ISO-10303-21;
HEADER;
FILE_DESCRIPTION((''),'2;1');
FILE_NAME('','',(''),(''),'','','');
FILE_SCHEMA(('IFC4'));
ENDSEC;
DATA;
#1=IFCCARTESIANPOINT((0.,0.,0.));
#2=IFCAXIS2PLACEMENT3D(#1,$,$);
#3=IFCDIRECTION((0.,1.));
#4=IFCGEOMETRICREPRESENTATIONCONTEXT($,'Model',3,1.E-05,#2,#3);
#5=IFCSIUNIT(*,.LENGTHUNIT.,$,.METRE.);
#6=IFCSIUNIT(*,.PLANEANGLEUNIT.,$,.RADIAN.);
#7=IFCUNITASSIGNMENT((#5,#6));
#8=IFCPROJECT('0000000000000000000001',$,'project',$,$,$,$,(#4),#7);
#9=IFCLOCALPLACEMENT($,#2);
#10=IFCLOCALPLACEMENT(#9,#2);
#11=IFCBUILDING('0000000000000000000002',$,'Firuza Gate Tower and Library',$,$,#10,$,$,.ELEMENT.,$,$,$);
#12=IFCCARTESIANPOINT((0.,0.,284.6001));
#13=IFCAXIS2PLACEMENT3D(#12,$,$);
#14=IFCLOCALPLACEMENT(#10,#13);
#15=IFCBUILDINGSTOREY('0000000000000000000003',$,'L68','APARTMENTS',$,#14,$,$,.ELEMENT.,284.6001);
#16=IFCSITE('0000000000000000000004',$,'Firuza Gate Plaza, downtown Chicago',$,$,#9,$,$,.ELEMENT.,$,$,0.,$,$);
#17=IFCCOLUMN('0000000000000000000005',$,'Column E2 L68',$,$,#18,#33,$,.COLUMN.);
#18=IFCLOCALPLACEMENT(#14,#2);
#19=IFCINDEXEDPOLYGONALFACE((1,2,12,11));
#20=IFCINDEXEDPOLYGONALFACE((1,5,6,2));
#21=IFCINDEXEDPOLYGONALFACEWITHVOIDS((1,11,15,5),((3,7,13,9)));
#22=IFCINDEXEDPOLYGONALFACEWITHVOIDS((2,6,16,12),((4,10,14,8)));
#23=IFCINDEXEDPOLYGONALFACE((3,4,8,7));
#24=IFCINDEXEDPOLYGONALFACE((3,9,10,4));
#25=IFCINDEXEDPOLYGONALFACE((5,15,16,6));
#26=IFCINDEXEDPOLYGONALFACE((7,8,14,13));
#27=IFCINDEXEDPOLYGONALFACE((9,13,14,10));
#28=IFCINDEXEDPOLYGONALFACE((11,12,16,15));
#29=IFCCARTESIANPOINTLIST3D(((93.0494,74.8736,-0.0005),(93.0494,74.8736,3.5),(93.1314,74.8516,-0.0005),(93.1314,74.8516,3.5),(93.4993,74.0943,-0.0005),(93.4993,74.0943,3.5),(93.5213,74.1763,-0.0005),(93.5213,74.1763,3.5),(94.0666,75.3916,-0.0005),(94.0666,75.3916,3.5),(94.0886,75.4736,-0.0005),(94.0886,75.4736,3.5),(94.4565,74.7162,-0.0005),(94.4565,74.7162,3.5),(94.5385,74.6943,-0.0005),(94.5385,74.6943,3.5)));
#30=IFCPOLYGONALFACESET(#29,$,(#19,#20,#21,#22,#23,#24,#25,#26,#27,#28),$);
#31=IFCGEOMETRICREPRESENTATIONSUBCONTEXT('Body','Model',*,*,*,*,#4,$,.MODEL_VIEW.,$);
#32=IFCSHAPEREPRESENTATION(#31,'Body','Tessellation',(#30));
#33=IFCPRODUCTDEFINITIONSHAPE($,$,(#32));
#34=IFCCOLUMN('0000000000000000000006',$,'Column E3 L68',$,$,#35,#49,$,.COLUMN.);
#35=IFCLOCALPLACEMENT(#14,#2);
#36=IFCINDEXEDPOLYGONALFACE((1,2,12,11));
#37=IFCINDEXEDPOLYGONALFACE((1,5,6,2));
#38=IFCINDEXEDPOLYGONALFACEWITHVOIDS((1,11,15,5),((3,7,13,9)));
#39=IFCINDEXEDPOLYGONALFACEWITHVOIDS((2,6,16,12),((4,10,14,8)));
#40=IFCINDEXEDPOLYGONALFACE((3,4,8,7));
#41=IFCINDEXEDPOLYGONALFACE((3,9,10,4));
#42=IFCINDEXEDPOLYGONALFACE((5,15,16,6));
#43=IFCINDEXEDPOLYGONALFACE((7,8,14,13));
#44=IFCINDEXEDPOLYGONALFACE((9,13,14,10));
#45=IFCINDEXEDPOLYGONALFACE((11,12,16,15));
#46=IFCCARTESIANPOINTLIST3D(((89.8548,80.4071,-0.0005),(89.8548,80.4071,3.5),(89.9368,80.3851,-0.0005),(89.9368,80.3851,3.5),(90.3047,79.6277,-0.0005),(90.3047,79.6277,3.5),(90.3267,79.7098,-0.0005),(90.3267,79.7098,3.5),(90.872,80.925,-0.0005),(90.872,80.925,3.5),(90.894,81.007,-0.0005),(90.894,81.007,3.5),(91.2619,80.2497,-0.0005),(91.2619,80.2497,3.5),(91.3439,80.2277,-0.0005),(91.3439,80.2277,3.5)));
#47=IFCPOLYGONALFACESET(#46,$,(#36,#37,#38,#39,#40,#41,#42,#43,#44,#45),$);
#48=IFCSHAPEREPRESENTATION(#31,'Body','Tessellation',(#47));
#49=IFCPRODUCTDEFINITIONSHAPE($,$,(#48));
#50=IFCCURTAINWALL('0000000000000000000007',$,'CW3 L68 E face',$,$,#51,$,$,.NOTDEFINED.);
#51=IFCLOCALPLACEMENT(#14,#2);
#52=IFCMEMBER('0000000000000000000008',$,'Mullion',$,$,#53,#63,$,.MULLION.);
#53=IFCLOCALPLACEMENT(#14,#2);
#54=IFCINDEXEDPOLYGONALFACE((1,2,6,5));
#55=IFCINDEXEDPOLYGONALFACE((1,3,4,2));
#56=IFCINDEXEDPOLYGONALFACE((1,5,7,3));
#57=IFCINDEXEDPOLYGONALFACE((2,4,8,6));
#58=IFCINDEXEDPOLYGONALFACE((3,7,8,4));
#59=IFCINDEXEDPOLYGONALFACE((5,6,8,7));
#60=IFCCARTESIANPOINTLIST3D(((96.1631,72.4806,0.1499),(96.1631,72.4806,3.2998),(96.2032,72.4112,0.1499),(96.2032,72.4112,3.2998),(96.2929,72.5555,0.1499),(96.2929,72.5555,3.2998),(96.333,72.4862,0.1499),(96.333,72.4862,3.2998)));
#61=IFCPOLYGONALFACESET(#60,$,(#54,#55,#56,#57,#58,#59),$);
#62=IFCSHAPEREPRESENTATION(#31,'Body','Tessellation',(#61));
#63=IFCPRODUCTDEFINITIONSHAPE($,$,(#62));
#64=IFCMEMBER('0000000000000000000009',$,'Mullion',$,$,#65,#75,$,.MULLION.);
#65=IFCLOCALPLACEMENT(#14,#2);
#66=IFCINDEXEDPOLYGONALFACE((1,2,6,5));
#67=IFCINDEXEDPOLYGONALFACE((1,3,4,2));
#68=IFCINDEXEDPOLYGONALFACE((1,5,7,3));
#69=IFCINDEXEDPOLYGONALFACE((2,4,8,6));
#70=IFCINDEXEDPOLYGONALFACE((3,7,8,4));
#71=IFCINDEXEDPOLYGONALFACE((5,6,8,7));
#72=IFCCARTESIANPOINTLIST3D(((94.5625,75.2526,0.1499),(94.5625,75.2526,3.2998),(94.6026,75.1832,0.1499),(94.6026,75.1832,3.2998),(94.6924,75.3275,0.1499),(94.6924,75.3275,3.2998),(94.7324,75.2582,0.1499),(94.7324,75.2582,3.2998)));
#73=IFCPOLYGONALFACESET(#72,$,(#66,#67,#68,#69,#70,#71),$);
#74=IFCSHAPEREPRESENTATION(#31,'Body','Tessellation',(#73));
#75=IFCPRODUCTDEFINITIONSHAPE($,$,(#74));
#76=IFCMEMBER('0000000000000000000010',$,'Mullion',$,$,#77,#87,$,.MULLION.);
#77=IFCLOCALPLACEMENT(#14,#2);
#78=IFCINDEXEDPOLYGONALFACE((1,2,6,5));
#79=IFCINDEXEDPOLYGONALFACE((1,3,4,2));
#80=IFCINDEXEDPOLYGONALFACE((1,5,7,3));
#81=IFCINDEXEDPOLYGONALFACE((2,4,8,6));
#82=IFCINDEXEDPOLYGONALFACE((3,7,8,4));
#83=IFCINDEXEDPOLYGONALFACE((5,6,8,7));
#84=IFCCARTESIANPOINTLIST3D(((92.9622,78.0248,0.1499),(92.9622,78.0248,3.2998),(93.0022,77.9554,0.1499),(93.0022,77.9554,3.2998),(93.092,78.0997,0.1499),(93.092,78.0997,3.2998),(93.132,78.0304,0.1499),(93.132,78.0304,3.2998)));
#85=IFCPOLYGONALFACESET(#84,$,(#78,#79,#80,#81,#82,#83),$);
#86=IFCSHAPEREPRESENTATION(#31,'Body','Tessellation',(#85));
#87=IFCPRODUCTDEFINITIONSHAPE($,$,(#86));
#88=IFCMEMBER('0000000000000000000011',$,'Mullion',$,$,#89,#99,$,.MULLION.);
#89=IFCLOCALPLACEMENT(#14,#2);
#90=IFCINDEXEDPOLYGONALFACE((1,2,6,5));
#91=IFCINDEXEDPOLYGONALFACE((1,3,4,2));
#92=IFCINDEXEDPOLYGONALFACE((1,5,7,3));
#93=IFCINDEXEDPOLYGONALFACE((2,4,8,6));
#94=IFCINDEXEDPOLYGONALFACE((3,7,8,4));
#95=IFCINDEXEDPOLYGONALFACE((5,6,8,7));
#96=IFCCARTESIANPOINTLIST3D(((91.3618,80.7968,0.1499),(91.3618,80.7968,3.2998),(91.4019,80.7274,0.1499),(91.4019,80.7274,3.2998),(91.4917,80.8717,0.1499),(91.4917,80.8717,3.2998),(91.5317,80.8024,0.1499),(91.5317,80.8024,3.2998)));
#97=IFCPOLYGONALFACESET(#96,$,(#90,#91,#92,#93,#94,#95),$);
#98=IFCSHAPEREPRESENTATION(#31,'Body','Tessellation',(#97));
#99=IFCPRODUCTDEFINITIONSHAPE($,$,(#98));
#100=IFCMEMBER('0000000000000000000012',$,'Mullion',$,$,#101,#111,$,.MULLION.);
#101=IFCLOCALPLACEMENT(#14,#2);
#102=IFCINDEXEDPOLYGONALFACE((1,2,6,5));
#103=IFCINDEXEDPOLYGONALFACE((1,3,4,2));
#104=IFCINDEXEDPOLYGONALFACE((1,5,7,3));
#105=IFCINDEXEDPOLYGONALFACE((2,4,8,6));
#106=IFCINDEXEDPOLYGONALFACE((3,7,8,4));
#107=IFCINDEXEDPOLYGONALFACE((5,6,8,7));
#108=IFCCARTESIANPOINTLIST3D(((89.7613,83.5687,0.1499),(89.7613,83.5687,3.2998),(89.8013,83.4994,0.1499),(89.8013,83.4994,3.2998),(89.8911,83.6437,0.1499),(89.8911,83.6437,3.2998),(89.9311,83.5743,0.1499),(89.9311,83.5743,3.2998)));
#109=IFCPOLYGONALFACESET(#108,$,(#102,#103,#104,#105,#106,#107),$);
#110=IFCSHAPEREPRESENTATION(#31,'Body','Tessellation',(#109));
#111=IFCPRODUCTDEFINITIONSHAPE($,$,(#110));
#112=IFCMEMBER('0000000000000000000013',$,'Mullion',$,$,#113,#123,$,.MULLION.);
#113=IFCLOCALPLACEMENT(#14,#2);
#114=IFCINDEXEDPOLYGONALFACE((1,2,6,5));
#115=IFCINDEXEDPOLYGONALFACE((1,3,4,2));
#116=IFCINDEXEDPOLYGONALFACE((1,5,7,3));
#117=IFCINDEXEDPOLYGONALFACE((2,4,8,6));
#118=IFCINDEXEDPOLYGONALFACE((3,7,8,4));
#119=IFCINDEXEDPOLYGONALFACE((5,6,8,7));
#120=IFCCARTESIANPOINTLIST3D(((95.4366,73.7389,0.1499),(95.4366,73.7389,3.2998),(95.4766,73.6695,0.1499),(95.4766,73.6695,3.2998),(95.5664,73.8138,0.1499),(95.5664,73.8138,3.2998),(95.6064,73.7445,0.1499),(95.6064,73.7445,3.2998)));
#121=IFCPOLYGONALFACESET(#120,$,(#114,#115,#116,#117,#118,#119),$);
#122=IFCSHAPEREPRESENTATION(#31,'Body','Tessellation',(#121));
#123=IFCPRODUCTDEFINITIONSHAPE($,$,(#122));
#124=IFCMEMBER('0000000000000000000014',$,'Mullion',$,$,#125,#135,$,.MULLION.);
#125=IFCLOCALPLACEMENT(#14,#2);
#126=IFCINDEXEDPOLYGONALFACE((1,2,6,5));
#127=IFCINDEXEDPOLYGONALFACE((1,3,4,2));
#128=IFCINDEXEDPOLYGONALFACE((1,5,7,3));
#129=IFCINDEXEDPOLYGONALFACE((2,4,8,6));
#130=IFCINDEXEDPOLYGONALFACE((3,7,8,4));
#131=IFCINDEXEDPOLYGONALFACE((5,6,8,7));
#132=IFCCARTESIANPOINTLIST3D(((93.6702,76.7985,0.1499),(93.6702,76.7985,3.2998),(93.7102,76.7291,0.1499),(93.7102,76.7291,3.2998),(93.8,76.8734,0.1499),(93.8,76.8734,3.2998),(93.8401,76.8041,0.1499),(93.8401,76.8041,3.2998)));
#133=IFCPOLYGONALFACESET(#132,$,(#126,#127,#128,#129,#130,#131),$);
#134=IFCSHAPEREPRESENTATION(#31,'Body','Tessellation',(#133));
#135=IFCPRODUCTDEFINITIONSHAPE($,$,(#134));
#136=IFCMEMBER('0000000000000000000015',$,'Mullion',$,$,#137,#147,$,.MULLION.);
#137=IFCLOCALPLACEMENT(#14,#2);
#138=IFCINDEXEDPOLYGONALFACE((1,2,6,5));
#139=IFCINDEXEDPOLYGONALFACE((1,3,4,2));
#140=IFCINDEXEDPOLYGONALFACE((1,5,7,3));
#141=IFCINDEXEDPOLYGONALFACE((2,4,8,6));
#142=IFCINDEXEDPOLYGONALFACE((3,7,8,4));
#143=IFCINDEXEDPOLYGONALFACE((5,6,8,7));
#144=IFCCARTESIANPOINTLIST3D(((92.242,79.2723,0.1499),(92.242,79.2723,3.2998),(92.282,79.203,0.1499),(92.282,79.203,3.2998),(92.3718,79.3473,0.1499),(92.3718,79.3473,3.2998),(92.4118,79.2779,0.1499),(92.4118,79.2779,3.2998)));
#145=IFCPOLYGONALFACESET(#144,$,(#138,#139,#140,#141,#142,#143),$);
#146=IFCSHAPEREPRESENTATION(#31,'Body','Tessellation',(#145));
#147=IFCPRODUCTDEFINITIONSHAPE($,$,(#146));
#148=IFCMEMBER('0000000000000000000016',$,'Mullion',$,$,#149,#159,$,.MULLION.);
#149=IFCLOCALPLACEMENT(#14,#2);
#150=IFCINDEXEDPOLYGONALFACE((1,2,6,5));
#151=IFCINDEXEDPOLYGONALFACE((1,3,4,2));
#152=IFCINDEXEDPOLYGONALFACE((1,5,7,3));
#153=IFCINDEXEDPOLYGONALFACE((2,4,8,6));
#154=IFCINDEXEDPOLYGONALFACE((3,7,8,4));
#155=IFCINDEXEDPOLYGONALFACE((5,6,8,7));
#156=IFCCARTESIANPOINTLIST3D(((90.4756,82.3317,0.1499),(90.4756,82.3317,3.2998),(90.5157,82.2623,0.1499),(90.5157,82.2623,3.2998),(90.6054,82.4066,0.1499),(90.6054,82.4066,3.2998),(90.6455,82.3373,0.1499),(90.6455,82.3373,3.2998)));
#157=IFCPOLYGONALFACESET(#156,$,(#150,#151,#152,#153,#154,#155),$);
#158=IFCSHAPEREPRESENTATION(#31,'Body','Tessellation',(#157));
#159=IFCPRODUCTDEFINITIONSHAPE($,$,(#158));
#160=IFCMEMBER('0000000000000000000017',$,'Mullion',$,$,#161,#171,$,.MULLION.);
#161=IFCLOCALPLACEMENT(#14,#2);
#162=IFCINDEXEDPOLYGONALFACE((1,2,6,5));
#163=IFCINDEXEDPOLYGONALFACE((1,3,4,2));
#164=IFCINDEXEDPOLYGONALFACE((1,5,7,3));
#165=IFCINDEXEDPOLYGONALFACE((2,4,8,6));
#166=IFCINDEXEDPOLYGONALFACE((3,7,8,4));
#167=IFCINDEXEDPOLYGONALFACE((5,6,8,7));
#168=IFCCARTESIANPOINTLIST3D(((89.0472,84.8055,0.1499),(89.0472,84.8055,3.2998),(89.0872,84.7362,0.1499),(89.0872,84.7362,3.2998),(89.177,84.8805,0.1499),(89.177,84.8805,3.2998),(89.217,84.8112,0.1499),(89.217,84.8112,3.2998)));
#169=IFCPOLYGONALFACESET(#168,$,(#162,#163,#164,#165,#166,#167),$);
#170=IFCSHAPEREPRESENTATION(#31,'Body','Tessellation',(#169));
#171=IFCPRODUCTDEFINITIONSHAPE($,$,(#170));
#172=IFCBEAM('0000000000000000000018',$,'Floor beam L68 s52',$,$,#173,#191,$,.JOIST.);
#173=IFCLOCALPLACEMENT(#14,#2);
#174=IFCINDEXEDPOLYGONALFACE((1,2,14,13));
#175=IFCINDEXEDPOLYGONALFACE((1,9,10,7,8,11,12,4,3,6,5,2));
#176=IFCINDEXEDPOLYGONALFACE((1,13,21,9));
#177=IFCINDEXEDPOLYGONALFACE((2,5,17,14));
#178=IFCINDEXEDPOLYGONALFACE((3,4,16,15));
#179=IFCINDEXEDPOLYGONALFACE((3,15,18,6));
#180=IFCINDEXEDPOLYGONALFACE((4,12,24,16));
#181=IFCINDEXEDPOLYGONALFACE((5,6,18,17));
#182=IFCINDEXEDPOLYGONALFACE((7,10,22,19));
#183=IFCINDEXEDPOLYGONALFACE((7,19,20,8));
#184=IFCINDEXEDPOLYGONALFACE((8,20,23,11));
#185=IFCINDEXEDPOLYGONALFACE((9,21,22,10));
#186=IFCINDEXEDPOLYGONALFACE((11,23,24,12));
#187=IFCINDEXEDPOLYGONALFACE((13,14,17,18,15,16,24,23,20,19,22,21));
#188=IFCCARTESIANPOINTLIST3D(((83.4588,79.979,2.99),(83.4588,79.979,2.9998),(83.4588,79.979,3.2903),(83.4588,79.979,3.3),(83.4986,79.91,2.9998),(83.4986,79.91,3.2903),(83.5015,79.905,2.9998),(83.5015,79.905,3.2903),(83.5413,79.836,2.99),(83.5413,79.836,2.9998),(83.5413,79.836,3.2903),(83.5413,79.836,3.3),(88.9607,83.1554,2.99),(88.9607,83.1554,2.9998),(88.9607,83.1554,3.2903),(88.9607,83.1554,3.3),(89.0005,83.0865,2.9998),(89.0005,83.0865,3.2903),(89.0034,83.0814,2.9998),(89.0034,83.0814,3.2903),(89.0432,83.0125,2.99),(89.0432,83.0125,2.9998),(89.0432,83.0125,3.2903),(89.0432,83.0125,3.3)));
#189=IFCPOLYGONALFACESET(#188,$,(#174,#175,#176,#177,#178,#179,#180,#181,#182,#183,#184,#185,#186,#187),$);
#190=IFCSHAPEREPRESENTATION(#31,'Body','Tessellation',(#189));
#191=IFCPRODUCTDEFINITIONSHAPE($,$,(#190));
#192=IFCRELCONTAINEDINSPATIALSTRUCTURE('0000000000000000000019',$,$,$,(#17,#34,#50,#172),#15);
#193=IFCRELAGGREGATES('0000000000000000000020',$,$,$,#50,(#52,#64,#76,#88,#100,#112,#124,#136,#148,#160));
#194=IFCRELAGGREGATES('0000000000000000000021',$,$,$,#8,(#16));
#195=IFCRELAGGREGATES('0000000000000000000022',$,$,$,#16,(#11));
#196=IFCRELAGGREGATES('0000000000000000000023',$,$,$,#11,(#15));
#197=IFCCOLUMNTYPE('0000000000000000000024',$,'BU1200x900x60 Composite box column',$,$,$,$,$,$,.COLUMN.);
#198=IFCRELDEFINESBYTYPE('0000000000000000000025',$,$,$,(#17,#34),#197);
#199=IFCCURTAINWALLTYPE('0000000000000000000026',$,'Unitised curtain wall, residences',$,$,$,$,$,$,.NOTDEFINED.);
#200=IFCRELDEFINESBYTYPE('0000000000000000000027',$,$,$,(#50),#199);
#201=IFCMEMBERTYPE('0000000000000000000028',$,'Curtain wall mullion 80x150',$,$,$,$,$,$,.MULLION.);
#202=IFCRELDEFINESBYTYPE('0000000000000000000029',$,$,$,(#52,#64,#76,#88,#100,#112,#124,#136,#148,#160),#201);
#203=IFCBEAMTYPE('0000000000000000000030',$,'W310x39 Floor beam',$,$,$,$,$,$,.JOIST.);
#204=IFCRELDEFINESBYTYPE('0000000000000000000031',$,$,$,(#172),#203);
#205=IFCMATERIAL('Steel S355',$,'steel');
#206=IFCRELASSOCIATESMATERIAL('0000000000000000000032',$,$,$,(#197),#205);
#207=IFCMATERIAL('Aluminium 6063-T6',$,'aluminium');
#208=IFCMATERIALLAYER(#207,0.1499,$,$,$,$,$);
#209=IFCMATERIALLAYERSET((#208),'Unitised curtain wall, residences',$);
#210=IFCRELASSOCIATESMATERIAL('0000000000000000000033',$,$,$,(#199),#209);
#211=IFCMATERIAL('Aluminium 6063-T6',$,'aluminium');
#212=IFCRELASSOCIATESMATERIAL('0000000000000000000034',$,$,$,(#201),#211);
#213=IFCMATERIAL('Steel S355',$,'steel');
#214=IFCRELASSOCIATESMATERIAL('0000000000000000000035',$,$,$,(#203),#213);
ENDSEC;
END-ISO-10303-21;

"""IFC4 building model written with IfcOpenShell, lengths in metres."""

from ifc_helpers import new_model, si_unit, direction, frame, origin, origin_2d, place, context, subcontext, project, spatial, rectangle, hollow_rectangle, i_section, extrude, material, layer, layer_set, material_profile, profile_set, type_object, element, aggregate, save


model = new_model("IFC4")

# Units and contexts
model_context = context("Model", 3, precision=1e-05, world=origin(), true_north=direction((0.0, 1.0)))
body_context = subcontext(model_context, "Body", "Model", "MODEL_VIEW")
ifc_project = project(units=[si_unit("LENGTHUNIT", "METRE"), si_unit("PLANEANGLEUNIT", "RADIAN")], contexts=[model_context])

# Site, building, storey
site_placement = place(None, origin())
site = spatial("IfcSite", under=ifc_project, at=site_placement, Name="Firuza Gate Plaza, downtown Chicago", CompositionType="ELEMENT", RefElevation=0.0)
building_placement = place(site_placement, origin())
building = spatial("IfcBuilding", under=site, at=building_placement, Name="Firuza Gate Tower and Library", CompositionType="ELEMENT")
storey_placement = place(building_placement, frame((0.0, 0.0, 284.6001)))
storey = spatial("IfcBuildingStorey", under=building, at=storey_placement, Name="L68", Description="APARTMENTS", CompositionType="ELEMENT", Elevation=284.6001)

# Columns
ifc_material_1 = material(Name="Steel S355", Category="steel")
ifc_material_profile_1 = material_profile(ifc_material_1, hollow_rectangle(XDim=0.8999, YDim=1.2, WallThickness=0.0601, at=origin_2d()))
ifc_profile_set_1 = profile_set([ifc_material_profile_1], Name="Steel S355")
column_type = type_object("IfcColumnType", Name="BU1200x900x60 Composite box column", PredefinedType="COLUMN", material=ifc_profile_set_1)
for number, where, z_axis, x_axis, name in (
    (1, (93.7939, 74.7839, -0.0005), (0.0, 0.0, 1.0), (-0.5, 0.866025, 0.0), "Column E2 L68"),
    (2, (90.5994, 80.3174, -0.0005), (0.0, 0.0, 1.0), (-0.5, 0.866025, 0.0), "Column E3 L68"),
):
    element("IfcColumn", number, at=place(storey_placement, frame(where, z_axis=z_axis, x_axis=x_axis)), inside=storey, type_object=column_type, Name=name, PredefinedType="COLUMN", context=body_context, shape_type="SweptSolid", body=[
        extrude(hollow_rectangle(XDim=0.8999, YDim=1.2, WallThickness=0.0601, at=origin_2d()), origin(), (0.0, 0.0, 1.0), 3.5005),
    ])

# Curtain wall, members
ifc_material_2 = material(Name="Aluminium 6063-T6", Category="aluminium")
ifc_layer_1 = layer(ifc_material_2, 0.1499)
ifc_layer_set_1 = layer_set([ifc_layer_1], Name="Unitised curtain wall, residences")
curtain_wall_type = type_object("IfcCurtainWallType", Name="Unitised curtain wall, residences", PredefinedType="NOTDEFINED", material=ifc_layer_set_1)
curtain_wall_placement = place(storey_placement, origin())
curtain_wall = element("IfcCurtainWall", 3, at=curtain_wall_placement, inside=storey, type_object=curtain_wall_type, Name="CW3 L68 E face", PredefinedType="NOTDEFINED")
ifc_material_3 = material(Name="Aluminium 6063-T6", Category="aluminium")
ifc_material_profile_2 = material_profile(ifc_material_3, rectangle(XDim=0.1499, YDim=0.0801, at=origin_2d()))
ifc_profile_set_2 = profile_set([ifc_material_profile_2], Name="Aluminium 6063-T6")
member_type = type_object("IfcMemberType", Name="Curtain wall mullion 80x150", PredefinedType="MULLION", material=ifc_profile_set_2)
member_1_placement = place(storey_placement, frame((96.248, 72.4834, 0.1499), z_axis=(0.0, 0.0, 1.0), x_axis=(-0.866025, -0.5, 0.0)))
member_1 = element("IfcMember", 4, at=member_1_placement, type_object=member_type, Name="Mullion", PredefinedType="MULLION", context=body_context, shape_type="SweptSolid", body=[
    extrude(rectangle(XDim=0.1499, YDim=0.0801, at=origin_2d()), origin(), (0.0, 0.0, 1.0), 3.1499),
])
member_2_placement = place(storey_placement, frame((94.6475, 75.2554, 0.1499), z_axis=(0.0, 0.0, 1.0), x_axis=(-0.866025, -0.5, 0.0)))
member_2 = element("IfcMember", 5, at=member_2_placement, type_object=member_type, Name="Mullion", PredefinedType="MULLION", context=body_context, shape_type="SweptSolid", body=[
    extrude(rectangle(XDim=0.1499, YDim=0.0801, at=origin_2d()), origin(), (0.0, 0.0, 1.0), 3.1499),
])
member_3_placement = place(storey_placement, frame((93.0471, 78.0276, 0.1499), z_axis=(0.0, 0.0, 1.0), x_axis=(-0.866025, -0.5, 0.0)))
member_3 = element("IfcMember", 6, at=member_3_placement, type_object=member_type, Name="Mullion", PredefinedType="MULLION", context=body_context, shape_type="SweptSolid", body=[
    extrude(rectangle(XDim=0.1499, YDim=0.0801, at=origin_2d()), origin(), (0.0, 0.0, 1.0), 3.1499),
])
member_4_placement = place(storey_placement, frame((91.4468, 80.7996, 0.1499), z_axis=(0.0, 0.0, 1.0), x_axis=(-0.866025, -0.5, 0.0)))
member_4 = element("IfcMember", 7, at=member_4_placement, type_object=member_type, Name="Mullion", PredefinedType="MULLION", context=body_context, shape_type="SweptSolid", body=[
    extrude(rectangle(XDim=0.1499, YDim=0.0801, at=origin_2d()), origin(), (0.0, 0.0, 1.0), 3.1499),
])
member_5_placement = place(storey_placement, frame((89.8462, 83.5715, 0.1499), z_axis=(0.0, 0.0, 1.0), x_axis=(-0.866025, -0.5, 0.0)))
member_5 = element("IfcMember", 8, at=member_5_placement, type_object=member_type, Name="Mullion", PredefinedType="MULLION", context=body_context, shape_type="SweptSolid", body=[
    extrude(rectangle(XDim=0.1499, YDim=0.0801, at=origin_2d()), origin(), (0.0, 0.0, 1.0), 3.1499),
])
member_6_placement = place(storey_placement, frame((95.5215, 73.7417, 0.1499), z_axis=(0.0, 0.0, 1.0), x_axis=(-0.866025, -0.5, 0.0)))
member_6 = element("IfcMember", 9, at=member_6_placement, type_object=member_type, Name="Mullion", PredefinedType="MULLION", context=body_context, shape_type="SweptSolid", body=[
    extrude(rectangle(XDim=0.1499, YDim=0.0801, at=origin_2d()), origin(), (0.0, 0.0, 1.0), 3.1499),
])
member_7_placement = place(storey_placement, frame((93.7551, 76.8013, 0.1499), z_axis=(0.0, 0.0, 1.0), x_axis=(-0.866025, -0.5, 0.0)))
member_7 = element("IfcMember", 10, at=member_7_placement, type_object=member_type, Name="Mullion", PredefinedType="MULLION", context=body_context, shape_type="SweptSolid", body=[
    extrude(rectangle(XDim=0.1499, YDim=0.0801, at=origin_2d()), origin(), (0.0, 0.0, 1.0), 3.1499),
])
member_8_placement = place(storey_placement, frame((92.3269, 79.2751, 0.1499), z_axis=(0.0, 0.0, 1.0), x_axis=(-0.866025, -0.5, 0.0)))
member_8 = element("IfcMember", 11, at=member_8_placement, type_object=member_type, Name="Mullion", PredefinedType="MULLION", context=body_context, shape_type="SweptSolid", body=[
    extrude(rectangle(XDim=0.1499, YDim=0.0801, at=origin_2d()), origin(), (0.0, 0.0, 1.0), 3.1499),
])
member_9_placement = place(storey_placement, frame((90.5605, 82.3345, 0.1499), z_axis=(0.0, 0.0, 1.0), x_axis=(-0.866025, -0.5, 0.0)))
member_9 = element("IfcMember", 12, at=member_9_placement, type_object=member_type, Name="Mullion", PredefinedType="MULLION", context=body_context, shape_type="SweptSolid", body=[
    extrude(rectangle(XDim=0.1499, YDim=0.0801, at=origin_2d()), origin(), (0.0, 0.0, 1.0), 3.1499),
])
member_10_placement = place(storey_placement, frame((89.1321, 84.8083, 0.1499), z_axis=(0.0, 0.0, 1.0), x_axis=(-0.866025, -0.5, 0.0)))
member_10 = element("IfcMember", 13, at=member_10_placement, type_object=member_type, Name="Mullion", PredefinedType="MULLION", context=body_context, shape_type="SweptSolid", body=[
    extrude(rectangle(XDim=0.1499, YDim=0.0801, at=origin_2d()), origin(), (0.0, 0.0, 1.0), 3.1499),
])

# Beam
ifc_material_4 = material(Name="Steel S355", Category="steel")
ifc_material_profile_3 = material_profile(ifc_material_4, i_section(OverallWidth=0.165, OverallDepth=0.3101, WebThickness=0.0059, FlangeThickness=0.0098, at=origin_2d()))
ifc_profile_set_3 = profile_set([ifc_material_profile_3], Name="Steel S355")
beam_type_1 = type_object("IfcBeamType", Name="W310x39 Floor beam", PredefinedType="JOIST", material=ifc_profile_set_3)
beam_1_placement = place(storey_placement, frame((89.002, 83.084, 3.145), z_axis=(-0.866028, -0.499995, 0.0), x_axis=(0.499995, -0.866028, 0.0)))
element("IfcBeam", 14, at=beam_1_placement, inside=storey, type_object=beam_type_1, Name="Floor beam L68 s52", PredefinedType="JOIST", context=body_context, shape_type="SweptSolid", body=[
    extrude(i_section(OverallWidth=0.165, OverallDepth=0.3101, WebThickness=0.0059, FlangeThickness=0.0098, at=origin_2d()), origin(), (0.0, 0.0, 1.0), 6.353),
])

aggregate(curtain_wall, [member_1, member_2, member_3, member_4, member_5, member_6, member_7, member_8, member_9, member_10])

save(model, "model.ifc")
